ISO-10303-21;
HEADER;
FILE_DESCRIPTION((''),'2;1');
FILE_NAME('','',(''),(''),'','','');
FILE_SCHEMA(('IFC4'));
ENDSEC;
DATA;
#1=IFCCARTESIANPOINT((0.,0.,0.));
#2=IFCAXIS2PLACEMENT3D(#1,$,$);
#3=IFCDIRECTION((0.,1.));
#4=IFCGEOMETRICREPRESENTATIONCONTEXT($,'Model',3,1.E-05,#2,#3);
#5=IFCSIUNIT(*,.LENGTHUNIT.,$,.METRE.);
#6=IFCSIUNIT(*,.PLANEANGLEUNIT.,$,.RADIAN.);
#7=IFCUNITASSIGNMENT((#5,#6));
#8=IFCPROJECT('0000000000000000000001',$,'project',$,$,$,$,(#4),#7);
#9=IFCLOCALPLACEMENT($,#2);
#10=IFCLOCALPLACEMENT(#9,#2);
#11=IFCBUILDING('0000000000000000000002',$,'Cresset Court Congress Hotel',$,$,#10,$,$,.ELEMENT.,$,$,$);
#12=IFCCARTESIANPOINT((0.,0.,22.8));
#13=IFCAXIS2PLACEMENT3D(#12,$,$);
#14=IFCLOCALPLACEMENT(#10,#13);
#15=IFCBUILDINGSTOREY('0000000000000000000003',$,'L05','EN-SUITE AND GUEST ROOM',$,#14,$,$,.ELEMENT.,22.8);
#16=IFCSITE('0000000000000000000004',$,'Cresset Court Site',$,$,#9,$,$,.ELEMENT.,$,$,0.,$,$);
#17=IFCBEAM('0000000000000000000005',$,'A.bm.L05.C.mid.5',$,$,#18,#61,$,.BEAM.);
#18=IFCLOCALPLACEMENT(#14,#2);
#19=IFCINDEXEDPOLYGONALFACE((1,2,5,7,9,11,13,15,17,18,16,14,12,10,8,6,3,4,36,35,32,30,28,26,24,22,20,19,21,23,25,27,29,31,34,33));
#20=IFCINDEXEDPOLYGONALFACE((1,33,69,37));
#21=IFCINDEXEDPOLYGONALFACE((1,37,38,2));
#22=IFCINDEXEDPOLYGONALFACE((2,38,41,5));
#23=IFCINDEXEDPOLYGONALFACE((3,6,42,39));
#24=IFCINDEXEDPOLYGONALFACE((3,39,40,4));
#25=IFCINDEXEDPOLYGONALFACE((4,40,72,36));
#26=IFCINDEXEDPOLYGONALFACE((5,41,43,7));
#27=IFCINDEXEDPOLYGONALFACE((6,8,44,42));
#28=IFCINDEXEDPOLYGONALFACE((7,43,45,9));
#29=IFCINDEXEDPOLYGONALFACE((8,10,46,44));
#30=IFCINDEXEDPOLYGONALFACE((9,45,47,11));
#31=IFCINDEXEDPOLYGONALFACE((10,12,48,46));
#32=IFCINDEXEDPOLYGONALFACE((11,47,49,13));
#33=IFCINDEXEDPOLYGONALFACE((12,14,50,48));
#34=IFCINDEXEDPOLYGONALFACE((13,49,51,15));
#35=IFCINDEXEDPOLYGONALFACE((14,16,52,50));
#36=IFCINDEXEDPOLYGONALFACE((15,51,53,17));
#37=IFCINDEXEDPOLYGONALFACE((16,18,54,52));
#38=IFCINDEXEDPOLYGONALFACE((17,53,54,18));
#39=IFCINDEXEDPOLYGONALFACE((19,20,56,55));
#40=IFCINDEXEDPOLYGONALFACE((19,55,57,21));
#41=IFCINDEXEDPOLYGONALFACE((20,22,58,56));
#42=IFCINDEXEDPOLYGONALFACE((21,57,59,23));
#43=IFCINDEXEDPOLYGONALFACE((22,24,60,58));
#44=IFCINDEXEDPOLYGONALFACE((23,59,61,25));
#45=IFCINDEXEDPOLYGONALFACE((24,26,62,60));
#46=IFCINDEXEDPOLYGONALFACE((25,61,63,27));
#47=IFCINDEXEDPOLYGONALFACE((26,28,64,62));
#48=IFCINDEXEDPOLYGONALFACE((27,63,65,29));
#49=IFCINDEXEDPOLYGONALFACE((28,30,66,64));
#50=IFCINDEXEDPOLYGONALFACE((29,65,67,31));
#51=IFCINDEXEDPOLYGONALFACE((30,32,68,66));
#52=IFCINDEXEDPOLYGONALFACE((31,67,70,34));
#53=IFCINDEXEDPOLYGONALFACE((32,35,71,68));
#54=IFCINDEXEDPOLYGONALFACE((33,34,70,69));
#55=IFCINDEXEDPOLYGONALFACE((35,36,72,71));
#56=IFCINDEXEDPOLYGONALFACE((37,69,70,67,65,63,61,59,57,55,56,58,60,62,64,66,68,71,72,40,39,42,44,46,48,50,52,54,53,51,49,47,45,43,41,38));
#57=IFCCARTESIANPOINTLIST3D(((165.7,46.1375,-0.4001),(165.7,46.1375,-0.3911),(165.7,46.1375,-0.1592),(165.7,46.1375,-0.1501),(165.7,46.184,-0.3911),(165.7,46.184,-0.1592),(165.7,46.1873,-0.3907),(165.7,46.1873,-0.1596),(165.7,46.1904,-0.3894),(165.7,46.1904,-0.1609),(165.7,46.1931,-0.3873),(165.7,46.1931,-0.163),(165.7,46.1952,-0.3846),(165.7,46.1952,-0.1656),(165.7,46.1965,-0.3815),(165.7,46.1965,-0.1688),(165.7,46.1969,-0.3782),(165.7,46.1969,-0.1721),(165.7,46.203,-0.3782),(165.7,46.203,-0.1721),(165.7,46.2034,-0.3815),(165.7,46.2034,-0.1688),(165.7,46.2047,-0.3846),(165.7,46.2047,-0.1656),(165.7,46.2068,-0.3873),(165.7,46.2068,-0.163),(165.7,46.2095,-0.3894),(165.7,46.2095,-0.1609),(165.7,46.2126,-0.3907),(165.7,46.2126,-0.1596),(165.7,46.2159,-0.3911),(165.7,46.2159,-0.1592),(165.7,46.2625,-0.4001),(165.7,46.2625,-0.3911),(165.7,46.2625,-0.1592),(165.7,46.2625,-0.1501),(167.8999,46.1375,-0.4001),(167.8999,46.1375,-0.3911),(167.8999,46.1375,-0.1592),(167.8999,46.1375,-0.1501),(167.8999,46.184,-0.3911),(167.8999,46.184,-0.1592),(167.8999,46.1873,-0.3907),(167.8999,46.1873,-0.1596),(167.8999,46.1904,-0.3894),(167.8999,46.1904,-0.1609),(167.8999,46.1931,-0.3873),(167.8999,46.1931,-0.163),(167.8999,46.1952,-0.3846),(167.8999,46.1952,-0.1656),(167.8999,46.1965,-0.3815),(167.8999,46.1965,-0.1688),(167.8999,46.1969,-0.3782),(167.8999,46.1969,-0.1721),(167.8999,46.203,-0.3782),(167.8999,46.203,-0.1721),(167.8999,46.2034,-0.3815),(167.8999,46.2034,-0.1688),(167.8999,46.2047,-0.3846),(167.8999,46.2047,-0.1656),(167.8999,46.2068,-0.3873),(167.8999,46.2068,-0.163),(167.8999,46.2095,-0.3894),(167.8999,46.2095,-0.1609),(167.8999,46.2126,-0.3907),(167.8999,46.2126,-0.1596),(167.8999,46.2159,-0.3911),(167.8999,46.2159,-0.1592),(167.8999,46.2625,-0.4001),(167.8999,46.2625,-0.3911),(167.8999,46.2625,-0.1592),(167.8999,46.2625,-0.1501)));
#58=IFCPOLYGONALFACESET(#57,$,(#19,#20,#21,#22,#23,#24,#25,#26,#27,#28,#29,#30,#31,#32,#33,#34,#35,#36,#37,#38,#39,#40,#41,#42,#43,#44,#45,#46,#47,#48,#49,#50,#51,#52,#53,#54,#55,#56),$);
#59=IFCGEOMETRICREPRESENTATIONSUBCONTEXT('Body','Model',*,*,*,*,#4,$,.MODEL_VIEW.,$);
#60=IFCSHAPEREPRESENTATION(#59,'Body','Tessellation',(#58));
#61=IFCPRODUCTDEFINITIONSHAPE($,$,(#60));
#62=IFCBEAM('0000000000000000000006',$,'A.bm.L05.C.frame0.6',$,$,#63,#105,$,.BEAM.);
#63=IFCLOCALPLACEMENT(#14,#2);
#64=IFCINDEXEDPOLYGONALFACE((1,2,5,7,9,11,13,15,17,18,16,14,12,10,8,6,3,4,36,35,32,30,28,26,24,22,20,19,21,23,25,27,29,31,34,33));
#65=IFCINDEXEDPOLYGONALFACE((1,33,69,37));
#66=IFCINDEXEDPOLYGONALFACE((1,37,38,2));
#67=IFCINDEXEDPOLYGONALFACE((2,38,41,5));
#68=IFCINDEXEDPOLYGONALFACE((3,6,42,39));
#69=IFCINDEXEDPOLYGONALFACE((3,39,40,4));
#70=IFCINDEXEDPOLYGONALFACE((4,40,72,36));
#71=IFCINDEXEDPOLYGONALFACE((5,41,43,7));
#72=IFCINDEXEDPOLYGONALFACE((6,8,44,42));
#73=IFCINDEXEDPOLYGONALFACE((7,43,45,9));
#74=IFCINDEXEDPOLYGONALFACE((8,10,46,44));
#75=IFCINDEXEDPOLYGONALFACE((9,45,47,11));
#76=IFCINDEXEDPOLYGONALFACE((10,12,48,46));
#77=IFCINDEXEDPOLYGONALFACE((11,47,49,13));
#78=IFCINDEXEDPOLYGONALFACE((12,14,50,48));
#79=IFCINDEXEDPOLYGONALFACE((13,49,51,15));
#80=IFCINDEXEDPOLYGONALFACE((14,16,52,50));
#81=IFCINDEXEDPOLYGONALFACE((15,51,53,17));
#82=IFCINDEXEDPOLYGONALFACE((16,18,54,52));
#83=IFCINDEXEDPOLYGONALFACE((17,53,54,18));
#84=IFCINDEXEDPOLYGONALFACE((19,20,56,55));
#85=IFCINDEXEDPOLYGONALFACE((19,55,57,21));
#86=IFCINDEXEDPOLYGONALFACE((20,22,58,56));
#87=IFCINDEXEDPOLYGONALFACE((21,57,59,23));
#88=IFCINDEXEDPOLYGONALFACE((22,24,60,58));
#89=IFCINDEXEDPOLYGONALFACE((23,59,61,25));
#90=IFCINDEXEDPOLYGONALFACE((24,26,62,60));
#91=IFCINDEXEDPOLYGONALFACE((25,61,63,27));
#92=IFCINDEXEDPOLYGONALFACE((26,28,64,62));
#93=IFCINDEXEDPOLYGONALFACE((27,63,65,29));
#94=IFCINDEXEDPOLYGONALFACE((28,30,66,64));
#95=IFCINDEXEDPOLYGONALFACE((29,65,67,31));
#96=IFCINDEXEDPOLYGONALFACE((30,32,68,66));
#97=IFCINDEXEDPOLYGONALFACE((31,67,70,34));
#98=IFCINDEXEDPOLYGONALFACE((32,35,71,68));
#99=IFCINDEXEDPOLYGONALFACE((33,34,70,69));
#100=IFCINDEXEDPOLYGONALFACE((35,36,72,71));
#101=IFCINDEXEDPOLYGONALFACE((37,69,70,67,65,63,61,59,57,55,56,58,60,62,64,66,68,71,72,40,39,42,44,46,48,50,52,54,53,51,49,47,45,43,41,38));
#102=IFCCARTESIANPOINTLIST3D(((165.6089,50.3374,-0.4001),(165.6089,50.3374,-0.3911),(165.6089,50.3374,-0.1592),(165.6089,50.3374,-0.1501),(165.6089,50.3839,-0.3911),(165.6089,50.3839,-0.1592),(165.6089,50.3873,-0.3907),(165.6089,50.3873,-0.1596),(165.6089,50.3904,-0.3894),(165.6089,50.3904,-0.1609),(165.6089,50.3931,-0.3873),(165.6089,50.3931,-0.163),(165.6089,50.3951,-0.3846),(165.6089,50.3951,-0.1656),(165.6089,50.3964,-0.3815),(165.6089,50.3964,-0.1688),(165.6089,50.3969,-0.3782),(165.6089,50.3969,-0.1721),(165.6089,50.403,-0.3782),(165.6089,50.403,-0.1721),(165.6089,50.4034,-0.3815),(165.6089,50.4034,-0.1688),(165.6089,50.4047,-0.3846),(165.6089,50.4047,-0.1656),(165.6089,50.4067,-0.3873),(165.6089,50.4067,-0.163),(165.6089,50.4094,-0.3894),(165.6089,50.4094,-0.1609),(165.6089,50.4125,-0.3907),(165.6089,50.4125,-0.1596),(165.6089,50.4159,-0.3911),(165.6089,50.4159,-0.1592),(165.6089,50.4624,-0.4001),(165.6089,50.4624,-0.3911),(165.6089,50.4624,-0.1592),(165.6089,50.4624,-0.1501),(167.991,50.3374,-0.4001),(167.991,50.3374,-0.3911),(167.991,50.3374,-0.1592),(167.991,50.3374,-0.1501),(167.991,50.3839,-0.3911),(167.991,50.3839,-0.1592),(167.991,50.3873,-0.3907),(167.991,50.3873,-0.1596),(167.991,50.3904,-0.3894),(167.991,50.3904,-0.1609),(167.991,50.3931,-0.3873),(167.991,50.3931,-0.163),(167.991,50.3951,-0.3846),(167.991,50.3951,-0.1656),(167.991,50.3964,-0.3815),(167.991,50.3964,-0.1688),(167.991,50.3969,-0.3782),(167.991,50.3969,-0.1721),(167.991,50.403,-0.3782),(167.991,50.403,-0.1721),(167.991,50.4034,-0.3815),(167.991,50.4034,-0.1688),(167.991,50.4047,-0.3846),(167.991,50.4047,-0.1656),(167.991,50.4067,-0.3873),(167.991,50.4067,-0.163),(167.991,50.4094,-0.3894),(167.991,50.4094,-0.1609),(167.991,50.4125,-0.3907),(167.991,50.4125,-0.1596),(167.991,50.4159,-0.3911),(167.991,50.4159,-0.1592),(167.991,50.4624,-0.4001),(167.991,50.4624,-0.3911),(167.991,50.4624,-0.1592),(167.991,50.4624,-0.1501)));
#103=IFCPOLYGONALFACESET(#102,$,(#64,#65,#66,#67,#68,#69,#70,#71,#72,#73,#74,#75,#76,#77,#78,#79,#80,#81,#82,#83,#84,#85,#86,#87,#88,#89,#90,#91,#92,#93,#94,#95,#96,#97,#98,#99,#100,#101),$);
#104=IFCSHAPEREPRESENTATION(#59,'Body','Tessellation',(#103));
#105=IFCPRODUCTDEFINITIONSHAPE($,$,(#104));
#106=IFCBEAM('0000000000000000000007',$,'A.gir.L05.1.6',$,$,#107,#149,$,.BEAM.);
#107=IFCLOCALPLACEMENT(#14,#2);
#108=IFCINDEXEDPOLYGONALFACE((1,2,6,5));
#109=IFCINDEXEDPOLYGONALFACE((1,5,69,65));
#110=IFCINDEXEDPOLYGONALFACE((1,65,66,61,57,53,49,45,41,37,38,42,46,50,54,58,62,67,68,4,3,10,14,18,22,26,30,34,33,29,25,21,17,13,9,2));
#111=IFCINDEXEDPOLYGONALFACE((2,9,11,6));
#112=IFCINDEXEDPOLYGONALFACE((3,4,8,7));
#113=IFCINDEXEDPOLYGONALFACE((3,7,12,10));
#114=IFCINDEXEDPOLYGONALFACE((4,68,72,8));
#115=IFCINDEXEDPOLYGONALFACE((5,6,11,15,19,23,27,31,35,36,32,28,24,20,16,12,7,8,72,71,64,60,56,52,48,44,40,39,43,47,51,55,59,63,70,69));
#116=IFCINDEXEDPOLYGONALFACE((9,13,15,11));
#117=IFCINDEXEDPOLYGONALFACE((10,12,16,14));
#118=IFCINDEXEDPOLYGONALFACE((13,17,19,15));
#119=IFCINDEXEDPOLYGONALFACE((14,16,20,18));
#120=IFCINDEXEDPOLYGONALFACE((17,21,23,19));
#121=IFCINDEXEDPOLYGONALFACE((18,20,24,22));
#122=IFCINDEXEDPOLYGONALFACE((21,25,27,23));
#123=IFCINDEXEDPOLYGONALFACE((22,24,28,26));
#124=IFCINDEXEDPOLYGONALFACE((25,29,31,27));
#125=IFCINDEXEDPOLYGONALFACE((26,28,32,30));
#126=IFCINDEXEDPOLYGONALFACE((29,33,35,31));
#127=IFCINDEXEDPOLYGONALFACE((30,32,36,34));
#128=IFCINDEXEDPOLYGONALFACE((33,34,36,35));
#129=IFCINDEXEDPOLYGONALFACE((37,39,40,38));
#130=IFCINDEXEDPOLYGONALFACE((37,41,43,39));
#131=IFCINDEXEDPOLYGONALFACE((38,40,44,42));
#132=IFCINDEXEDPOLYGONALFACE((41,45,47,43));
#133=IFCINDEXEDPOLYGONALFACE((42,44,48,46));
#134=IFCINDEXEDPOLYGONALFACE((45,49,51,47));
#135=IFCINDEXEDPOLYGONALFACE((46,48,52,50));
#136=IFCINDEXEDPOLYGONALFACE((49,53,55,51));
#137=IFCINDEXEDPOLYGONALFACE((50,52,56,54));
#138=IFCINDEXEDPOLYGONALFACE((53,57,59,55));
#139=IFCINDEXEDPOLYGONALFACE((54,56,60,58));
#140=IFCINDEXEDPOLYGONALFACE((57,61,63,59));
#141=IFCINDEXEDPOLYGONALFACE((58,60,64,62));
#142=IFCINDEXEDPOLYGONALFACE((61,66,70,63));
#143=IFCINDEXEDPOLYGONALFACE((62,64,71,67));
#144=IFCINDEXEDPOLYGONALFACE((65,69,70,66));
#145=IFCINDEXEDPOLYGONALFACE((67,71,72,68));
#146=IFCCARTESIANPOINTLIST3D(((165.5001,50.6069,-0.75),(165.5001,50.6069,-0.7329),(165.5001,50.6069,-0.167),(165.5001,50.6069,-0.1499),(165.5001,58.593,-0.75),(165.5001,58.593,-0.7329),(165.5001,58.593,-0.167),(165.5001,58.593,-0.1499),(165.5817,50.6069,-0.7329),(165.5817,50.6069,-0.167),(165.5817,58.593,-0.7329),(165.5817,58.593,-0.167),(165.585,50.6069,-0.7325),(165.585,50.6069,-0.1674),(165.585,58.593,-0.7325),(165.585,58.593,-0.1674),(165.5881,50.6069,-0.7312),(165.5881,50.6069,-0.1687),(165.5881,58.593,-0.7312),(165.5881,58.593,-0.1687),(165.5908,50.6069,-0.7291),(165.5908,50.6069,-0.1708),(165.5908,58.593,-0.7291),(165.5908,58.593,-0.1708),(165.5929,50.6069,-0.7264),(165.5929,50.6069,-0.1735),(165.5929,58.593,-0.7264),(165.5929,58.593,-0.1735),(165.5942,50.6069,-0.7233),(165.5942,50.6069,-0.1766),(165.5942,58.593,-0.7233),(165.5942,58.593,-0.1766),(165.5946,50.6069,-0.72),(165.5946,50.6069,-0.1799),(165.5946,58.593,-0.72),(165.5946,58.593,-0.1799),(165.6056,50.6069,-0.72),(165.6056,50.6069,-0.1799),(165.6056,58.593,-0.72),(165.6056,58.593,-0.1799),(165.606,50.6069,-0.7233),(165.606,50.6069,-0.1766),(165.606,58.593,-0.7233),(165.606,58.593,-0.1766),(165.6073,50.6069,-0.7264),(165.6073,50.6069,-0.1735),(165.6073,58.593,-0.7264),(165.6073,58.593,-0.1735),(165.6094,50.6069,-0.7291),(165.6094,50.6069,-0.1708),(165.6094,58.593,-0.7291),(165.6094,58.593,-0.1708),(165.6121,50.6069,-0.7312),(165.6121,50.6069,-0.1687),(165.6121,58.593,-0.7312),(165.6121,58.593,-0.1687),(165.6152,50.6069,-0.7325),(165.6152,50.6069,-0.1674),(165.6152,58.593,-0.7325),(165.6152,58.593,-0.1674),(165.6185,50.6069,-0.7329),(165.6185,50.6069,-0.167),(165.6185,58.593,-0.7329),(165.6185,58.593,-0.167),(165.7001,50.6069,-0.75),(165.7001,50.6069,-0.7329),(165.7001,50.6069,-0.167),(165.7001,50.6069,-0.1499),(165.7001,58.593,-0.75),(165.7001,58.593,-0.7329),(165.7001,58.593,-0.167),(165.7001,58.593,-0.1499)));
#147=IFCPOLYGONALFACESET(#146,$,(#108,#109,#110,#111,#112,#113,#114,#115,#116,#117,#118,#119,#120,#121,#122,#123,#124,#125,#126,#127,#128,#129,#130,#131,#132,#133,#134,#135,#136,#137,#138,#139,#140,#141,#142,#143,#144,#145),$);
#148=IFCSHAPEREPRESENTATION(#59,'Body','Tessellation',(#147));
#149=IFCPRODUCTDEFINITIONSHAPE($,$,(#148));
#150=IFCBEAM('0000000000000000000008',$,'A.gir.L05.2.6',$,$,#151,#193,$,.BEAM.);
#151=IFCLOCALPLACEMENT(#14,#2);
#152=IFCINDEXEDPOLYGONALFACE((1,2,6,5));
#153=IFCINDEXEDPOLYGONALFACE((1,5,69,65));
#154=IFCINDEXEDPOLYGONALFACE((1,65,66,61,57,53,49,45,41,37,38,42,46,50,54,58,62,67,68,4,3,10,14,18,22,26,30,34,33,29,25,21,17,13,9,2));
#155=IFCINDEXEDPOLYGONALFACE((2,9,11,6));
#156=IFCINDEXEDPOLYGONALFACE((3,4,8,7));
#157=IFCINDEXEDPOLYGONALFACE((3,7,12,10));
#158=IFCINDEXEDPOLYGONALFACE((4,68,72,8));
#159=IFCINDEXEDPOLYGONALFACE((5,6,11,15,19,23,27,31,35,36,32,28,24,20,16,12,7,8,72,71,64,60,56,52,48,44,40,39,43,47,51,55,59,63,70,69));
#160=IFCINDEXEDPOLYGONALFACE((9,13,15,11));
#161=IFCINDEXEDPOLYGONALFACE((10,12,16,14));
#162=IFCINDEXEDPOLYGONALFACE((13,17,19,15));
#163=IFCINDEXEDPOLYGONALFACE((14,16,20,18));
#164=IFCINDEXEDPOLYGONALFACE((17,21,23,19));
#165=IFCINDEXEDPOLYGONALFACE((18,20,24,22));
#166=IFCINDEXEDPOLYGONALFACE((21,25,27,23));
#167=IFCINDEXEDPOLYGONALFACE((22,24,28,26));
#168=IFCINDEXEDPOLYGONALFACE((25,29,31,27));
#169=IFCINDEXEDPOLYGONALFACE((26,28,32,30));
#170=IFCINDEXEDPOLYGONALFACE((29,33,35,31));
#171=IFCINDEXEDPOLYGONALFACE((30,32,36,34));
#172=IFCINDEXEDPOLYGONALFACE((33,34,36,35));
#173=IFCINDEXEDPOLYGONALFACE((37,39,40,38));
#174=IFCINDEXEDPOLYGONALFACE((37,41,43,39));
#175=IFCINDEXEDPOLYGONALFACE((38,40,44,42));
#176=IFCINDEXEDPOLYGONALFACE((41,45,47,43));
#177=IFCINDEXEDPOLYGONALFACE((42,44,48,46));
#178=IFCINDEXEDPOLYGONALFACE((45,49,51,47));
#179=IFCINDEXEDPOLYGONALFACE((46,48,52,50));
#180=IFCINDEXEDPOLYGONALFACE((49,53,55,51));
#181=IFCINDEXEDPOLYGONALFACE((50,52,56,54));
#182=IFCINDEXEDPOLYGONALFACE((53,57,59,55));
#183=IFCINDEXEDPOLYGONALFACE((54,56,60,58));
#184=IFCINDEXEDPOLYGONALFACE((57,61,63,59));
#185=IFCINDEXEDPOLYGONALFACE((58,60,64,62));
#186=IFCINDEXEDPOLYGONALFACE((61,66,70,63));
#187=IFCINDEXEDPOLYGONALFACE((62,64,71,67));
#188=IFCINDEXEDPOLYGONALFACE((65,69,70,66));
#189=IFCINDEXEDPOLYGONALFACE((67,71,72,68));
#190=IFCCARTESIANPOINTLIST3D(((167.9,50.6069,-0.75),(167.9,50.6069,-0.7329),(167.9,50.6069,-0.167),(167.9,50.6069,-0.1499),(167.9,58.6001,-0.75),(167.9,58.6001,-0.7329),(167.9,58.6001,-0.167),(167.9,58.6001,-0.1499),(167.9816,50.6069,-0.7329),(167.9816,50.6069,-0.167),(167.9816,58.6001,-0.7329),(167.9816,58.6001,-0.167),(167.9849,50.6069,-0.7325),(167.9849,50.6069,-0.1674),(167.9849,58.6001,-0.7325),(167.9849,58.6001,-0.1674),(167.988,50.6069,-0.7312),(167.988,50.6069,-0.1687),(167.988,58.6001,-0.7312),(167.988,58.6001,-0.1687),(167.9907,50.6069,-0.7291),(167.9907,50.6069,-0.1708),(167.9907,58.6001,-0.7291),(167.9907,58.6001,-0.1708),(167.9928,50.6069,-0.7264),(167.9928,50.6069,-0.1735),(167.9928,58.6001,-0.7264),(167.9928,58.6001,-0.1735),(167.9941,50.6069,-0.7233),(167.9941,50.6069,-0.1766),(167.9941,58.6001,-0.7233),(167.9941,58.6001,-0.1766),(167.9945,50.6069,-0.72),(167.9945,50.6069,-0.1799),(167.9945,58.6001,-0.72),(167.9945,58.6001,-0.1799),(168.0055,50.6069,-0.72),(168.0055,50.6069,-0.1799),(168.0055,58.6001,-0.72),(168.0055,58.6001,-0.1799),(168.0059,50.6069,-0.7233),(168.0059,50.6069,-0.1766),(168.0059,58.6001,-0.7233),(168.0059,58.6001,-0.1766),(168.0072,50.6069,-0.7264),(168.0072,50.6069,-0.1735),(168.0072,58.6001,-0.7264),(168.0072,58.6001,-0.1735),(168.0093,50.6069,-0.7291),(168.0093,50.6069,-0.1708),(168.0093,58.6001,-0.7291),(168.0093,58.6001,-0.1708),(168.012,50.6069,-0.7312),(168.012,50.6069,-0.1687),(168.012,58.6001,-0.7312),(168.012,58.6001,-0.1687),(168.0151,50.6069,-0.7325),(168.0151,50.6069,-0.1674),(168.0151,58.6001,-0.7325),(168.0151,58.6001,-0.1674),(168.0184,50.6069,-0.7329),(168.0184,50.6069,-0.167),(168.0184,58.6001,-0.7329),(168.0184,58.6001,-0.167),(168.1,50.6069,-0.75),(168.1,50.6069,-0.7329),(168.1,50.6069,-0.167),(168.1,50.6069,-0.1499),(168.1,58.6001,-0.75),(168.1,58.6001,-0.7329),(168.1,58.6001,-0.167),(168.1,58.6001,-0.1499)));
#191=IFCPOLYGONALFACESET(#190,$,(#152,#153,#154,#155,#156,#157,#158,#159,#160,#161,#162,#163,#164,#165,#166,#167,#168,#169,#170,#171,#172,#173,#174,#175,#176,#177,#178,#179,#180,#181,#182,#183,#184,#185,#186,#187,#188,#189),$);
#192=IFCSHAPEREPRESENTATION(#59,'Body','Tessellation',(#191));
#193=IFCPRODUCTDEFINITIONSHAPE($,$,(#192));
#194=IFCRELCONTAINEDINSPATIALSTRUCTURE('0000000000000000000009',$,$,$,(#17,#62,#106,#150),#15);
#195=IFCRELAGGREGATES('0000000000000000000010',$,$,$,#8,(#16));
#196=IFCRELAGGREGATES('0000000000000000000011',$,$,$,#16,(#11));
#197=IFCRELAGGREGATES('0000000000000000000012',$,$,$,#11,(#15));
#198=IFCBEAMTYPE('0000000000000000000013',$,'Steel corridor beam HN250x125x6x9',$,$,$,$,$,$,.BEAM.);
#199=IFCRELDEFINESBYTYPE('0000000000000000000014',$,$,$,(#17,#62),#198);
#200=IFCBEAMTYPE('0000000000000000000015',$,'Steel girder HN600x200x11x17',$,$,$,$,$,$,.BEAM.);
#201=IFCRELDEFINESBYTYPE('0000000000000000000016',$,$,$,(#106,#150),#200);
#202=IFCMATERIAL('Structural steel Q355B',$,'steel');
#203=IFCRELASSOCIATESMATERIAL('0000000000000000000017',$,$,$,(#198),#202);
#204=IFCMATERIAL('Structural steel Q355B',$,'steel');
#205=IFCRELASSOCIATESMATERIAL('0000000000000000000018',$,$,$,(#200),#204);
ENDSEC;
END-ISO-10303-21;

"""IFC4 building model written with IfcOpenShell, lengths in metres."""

from ifc_helpers import new_model, si_unit, direction, frame, origin, origin_2d, place, context, subcontext, project, spatial, i_section, extrude, material, material_profile, profile_set, type_object, element, save


model = new_model("IFC4")

# Units and contexts
model_context = context("Model", 3, precision=1e-05, world=origin(), true_north=direction((0.0, 1.0)))
body_context = subcontext(model_context, "Body", "Model", "MODEL_VIEW")
ifc_project = project(units=[si_unit("LENGTHUNIT", "METRE"), si_unit("PLANEANGLEUNIT", "RADIAN")], contexts=[model_context])

# Site, building, storey
site_placement = place(None, origin())
site = spatial("IfcSite", under=ifc_project, at=site_placement, Name="Cresset Court Site", CompositionType="ELEMENT", RefElevation=0.0)
building_placement = place(site_placement, origin())
building = spatial("IfcBuilding", under=site, at=building_placement, Name="Cresset Court Congress Hotel", CompositionType="ELEMENT")
storey_placement = place(building_placement, frame((0.0, 0.0, 22.8)))
storey = spatial("IfcBuildingStorey", under=building, at=storey_placement, Name="L05", Description="EN-SUITE AND GUEST ROOM", CompositionType="ELEMENT", Elevation=22.8)

# Beams
ifc_material_1 = material(Name="Structural steel Q355B", Category="steel")
ifc_material_profile_1 = material_profile(ifc_material_1, i_section(OverallWidth=0.125, OverallDepth=0.25, WebThickness=0.0061, FlangeThickness=0.009, FilletRadius=0.0129, at=origin_2d()), Name="HN250x125x6x9")
ifc_profile_set_1 = profile_set([ifc_material_profile_1], Name="Structural steel Q355B")
beam_type_1 = type_object("IfcBeamType", Name="Steel corridor beam HN250x125x6x9", PredefinedType="BEAM", material=ifc_profile_set_1)
beam_1_placement = place(storey_placement, frame((165.7, 46.2, -0.2751), z_axis=(1.0, 0.0, 0.0), x_axis=(0.0, 1.0, 0.0)))
element("IfcBeam", 1, at=beam_1_placement, inside=storey, type_object=beam_type_1, Name="A.bm.L05.C.mid.5", PredefinedType="BEAM", context=body_context, shape_type="SweptSolid", body=[
    extrude(i_section(OverallWidth=0.125, OverallDepth=0.25, WebThickness=0.0061, FlangeThickness=0.009, FilletRadius=0.0129, at=origin_2d()), origin(), (0.0, 0.0, 1.0), 2.2),
])
beam_2_placement = place(storey_placement, frame((165.6089, 50.3999, -0.2751), z_axis=(1.0, 0.0, 0.0), x_axis=(0.0, 1.0, 0.0)))
element("IfcBeam", 2, at=beam_2_placement, inside=storey, type_object=beam_type_1, Name="A.bm.L05.C.frame0.6", PredefinedType="BEAM", context=body_context, shape_type="SweptSolid", body=[
    extrude(i_section(OverallWidth=0.125, OverallDepth=0.25, WebThickness=0.0061, FlangeThickness=0.009, FilletRadius=0.0129, at=origin_2d()), origin(), (0.0, 0.0, 1.0), 2.3821),
])
ifc_material_2 = material(Name="Structural steel Q355B", Category="steel")
ifc_material_profile_2 = material_profile(ifc_material_2, i_section(OverallWidth=0.2, OverallDepth=0.6001, WebThickness=0.011, FlangeThickness=0.0171, FilletRadius=0.0129, at=origin_2d()), Name="HN600x200x11x17")
ifc_profile_set_2 = profile_set([ifc_material_profile_2], Name="Structural steel Q355B")
beam_type_2 = type_object("IfcBeamType", Name="Steel girder HN600x200x11x17", PredefinedType="BEAM", material=ifc_profile_set_2)
beam_3_placement = place(storey_placement, frame((165.6001, 50.6069, -0.45), z_axis=(0.0, 1.0, 0.0), x_axis=(-1.0, 0.0, 0.0)))
element("IfcBeam", 3, at=beam_3_placement, inside=storey, type_object=beam_type_2, Name="A.gir.L05.1.6", PredefinedType="BEAM", context=body_context, shape_type="SweptSolid", body=[
    extrude(i_section(OverallWidth=0.2, OverallDepth=0.6001, WebThickness=0.011, FlangeThickness=0.0171, FilletRadius=0.0129, at=origin_2d()), origin(), (0.0, 0.0, 1.0), 7.9861),
])
beam_4_placement = place(storey_placement, frame((168.0, 50.6069, -0.45), z_axis=(0.0, 1.0, 0.0), x_axis=(-1.0, 0.0, 0.0)))
element("IfcBeam", 4, at=beam_4_placement, inside=storey, type_object=beam_type_2, Name="A.gir.L05.2.6", PredefinedType="BEAM", context=body_context, shape_type="SweptSolid", body=[
    extrude(i_section(OverallWidth=0.2, OverallDepth=0.6001, WebThickness=0.011, FlangeThickness=0.0171, FilletRadius=0.0129, at=origin_2d()), origin(), (0.0, 0.0, 1.0), 7.9932),
])

save(model, "model.ifc")
